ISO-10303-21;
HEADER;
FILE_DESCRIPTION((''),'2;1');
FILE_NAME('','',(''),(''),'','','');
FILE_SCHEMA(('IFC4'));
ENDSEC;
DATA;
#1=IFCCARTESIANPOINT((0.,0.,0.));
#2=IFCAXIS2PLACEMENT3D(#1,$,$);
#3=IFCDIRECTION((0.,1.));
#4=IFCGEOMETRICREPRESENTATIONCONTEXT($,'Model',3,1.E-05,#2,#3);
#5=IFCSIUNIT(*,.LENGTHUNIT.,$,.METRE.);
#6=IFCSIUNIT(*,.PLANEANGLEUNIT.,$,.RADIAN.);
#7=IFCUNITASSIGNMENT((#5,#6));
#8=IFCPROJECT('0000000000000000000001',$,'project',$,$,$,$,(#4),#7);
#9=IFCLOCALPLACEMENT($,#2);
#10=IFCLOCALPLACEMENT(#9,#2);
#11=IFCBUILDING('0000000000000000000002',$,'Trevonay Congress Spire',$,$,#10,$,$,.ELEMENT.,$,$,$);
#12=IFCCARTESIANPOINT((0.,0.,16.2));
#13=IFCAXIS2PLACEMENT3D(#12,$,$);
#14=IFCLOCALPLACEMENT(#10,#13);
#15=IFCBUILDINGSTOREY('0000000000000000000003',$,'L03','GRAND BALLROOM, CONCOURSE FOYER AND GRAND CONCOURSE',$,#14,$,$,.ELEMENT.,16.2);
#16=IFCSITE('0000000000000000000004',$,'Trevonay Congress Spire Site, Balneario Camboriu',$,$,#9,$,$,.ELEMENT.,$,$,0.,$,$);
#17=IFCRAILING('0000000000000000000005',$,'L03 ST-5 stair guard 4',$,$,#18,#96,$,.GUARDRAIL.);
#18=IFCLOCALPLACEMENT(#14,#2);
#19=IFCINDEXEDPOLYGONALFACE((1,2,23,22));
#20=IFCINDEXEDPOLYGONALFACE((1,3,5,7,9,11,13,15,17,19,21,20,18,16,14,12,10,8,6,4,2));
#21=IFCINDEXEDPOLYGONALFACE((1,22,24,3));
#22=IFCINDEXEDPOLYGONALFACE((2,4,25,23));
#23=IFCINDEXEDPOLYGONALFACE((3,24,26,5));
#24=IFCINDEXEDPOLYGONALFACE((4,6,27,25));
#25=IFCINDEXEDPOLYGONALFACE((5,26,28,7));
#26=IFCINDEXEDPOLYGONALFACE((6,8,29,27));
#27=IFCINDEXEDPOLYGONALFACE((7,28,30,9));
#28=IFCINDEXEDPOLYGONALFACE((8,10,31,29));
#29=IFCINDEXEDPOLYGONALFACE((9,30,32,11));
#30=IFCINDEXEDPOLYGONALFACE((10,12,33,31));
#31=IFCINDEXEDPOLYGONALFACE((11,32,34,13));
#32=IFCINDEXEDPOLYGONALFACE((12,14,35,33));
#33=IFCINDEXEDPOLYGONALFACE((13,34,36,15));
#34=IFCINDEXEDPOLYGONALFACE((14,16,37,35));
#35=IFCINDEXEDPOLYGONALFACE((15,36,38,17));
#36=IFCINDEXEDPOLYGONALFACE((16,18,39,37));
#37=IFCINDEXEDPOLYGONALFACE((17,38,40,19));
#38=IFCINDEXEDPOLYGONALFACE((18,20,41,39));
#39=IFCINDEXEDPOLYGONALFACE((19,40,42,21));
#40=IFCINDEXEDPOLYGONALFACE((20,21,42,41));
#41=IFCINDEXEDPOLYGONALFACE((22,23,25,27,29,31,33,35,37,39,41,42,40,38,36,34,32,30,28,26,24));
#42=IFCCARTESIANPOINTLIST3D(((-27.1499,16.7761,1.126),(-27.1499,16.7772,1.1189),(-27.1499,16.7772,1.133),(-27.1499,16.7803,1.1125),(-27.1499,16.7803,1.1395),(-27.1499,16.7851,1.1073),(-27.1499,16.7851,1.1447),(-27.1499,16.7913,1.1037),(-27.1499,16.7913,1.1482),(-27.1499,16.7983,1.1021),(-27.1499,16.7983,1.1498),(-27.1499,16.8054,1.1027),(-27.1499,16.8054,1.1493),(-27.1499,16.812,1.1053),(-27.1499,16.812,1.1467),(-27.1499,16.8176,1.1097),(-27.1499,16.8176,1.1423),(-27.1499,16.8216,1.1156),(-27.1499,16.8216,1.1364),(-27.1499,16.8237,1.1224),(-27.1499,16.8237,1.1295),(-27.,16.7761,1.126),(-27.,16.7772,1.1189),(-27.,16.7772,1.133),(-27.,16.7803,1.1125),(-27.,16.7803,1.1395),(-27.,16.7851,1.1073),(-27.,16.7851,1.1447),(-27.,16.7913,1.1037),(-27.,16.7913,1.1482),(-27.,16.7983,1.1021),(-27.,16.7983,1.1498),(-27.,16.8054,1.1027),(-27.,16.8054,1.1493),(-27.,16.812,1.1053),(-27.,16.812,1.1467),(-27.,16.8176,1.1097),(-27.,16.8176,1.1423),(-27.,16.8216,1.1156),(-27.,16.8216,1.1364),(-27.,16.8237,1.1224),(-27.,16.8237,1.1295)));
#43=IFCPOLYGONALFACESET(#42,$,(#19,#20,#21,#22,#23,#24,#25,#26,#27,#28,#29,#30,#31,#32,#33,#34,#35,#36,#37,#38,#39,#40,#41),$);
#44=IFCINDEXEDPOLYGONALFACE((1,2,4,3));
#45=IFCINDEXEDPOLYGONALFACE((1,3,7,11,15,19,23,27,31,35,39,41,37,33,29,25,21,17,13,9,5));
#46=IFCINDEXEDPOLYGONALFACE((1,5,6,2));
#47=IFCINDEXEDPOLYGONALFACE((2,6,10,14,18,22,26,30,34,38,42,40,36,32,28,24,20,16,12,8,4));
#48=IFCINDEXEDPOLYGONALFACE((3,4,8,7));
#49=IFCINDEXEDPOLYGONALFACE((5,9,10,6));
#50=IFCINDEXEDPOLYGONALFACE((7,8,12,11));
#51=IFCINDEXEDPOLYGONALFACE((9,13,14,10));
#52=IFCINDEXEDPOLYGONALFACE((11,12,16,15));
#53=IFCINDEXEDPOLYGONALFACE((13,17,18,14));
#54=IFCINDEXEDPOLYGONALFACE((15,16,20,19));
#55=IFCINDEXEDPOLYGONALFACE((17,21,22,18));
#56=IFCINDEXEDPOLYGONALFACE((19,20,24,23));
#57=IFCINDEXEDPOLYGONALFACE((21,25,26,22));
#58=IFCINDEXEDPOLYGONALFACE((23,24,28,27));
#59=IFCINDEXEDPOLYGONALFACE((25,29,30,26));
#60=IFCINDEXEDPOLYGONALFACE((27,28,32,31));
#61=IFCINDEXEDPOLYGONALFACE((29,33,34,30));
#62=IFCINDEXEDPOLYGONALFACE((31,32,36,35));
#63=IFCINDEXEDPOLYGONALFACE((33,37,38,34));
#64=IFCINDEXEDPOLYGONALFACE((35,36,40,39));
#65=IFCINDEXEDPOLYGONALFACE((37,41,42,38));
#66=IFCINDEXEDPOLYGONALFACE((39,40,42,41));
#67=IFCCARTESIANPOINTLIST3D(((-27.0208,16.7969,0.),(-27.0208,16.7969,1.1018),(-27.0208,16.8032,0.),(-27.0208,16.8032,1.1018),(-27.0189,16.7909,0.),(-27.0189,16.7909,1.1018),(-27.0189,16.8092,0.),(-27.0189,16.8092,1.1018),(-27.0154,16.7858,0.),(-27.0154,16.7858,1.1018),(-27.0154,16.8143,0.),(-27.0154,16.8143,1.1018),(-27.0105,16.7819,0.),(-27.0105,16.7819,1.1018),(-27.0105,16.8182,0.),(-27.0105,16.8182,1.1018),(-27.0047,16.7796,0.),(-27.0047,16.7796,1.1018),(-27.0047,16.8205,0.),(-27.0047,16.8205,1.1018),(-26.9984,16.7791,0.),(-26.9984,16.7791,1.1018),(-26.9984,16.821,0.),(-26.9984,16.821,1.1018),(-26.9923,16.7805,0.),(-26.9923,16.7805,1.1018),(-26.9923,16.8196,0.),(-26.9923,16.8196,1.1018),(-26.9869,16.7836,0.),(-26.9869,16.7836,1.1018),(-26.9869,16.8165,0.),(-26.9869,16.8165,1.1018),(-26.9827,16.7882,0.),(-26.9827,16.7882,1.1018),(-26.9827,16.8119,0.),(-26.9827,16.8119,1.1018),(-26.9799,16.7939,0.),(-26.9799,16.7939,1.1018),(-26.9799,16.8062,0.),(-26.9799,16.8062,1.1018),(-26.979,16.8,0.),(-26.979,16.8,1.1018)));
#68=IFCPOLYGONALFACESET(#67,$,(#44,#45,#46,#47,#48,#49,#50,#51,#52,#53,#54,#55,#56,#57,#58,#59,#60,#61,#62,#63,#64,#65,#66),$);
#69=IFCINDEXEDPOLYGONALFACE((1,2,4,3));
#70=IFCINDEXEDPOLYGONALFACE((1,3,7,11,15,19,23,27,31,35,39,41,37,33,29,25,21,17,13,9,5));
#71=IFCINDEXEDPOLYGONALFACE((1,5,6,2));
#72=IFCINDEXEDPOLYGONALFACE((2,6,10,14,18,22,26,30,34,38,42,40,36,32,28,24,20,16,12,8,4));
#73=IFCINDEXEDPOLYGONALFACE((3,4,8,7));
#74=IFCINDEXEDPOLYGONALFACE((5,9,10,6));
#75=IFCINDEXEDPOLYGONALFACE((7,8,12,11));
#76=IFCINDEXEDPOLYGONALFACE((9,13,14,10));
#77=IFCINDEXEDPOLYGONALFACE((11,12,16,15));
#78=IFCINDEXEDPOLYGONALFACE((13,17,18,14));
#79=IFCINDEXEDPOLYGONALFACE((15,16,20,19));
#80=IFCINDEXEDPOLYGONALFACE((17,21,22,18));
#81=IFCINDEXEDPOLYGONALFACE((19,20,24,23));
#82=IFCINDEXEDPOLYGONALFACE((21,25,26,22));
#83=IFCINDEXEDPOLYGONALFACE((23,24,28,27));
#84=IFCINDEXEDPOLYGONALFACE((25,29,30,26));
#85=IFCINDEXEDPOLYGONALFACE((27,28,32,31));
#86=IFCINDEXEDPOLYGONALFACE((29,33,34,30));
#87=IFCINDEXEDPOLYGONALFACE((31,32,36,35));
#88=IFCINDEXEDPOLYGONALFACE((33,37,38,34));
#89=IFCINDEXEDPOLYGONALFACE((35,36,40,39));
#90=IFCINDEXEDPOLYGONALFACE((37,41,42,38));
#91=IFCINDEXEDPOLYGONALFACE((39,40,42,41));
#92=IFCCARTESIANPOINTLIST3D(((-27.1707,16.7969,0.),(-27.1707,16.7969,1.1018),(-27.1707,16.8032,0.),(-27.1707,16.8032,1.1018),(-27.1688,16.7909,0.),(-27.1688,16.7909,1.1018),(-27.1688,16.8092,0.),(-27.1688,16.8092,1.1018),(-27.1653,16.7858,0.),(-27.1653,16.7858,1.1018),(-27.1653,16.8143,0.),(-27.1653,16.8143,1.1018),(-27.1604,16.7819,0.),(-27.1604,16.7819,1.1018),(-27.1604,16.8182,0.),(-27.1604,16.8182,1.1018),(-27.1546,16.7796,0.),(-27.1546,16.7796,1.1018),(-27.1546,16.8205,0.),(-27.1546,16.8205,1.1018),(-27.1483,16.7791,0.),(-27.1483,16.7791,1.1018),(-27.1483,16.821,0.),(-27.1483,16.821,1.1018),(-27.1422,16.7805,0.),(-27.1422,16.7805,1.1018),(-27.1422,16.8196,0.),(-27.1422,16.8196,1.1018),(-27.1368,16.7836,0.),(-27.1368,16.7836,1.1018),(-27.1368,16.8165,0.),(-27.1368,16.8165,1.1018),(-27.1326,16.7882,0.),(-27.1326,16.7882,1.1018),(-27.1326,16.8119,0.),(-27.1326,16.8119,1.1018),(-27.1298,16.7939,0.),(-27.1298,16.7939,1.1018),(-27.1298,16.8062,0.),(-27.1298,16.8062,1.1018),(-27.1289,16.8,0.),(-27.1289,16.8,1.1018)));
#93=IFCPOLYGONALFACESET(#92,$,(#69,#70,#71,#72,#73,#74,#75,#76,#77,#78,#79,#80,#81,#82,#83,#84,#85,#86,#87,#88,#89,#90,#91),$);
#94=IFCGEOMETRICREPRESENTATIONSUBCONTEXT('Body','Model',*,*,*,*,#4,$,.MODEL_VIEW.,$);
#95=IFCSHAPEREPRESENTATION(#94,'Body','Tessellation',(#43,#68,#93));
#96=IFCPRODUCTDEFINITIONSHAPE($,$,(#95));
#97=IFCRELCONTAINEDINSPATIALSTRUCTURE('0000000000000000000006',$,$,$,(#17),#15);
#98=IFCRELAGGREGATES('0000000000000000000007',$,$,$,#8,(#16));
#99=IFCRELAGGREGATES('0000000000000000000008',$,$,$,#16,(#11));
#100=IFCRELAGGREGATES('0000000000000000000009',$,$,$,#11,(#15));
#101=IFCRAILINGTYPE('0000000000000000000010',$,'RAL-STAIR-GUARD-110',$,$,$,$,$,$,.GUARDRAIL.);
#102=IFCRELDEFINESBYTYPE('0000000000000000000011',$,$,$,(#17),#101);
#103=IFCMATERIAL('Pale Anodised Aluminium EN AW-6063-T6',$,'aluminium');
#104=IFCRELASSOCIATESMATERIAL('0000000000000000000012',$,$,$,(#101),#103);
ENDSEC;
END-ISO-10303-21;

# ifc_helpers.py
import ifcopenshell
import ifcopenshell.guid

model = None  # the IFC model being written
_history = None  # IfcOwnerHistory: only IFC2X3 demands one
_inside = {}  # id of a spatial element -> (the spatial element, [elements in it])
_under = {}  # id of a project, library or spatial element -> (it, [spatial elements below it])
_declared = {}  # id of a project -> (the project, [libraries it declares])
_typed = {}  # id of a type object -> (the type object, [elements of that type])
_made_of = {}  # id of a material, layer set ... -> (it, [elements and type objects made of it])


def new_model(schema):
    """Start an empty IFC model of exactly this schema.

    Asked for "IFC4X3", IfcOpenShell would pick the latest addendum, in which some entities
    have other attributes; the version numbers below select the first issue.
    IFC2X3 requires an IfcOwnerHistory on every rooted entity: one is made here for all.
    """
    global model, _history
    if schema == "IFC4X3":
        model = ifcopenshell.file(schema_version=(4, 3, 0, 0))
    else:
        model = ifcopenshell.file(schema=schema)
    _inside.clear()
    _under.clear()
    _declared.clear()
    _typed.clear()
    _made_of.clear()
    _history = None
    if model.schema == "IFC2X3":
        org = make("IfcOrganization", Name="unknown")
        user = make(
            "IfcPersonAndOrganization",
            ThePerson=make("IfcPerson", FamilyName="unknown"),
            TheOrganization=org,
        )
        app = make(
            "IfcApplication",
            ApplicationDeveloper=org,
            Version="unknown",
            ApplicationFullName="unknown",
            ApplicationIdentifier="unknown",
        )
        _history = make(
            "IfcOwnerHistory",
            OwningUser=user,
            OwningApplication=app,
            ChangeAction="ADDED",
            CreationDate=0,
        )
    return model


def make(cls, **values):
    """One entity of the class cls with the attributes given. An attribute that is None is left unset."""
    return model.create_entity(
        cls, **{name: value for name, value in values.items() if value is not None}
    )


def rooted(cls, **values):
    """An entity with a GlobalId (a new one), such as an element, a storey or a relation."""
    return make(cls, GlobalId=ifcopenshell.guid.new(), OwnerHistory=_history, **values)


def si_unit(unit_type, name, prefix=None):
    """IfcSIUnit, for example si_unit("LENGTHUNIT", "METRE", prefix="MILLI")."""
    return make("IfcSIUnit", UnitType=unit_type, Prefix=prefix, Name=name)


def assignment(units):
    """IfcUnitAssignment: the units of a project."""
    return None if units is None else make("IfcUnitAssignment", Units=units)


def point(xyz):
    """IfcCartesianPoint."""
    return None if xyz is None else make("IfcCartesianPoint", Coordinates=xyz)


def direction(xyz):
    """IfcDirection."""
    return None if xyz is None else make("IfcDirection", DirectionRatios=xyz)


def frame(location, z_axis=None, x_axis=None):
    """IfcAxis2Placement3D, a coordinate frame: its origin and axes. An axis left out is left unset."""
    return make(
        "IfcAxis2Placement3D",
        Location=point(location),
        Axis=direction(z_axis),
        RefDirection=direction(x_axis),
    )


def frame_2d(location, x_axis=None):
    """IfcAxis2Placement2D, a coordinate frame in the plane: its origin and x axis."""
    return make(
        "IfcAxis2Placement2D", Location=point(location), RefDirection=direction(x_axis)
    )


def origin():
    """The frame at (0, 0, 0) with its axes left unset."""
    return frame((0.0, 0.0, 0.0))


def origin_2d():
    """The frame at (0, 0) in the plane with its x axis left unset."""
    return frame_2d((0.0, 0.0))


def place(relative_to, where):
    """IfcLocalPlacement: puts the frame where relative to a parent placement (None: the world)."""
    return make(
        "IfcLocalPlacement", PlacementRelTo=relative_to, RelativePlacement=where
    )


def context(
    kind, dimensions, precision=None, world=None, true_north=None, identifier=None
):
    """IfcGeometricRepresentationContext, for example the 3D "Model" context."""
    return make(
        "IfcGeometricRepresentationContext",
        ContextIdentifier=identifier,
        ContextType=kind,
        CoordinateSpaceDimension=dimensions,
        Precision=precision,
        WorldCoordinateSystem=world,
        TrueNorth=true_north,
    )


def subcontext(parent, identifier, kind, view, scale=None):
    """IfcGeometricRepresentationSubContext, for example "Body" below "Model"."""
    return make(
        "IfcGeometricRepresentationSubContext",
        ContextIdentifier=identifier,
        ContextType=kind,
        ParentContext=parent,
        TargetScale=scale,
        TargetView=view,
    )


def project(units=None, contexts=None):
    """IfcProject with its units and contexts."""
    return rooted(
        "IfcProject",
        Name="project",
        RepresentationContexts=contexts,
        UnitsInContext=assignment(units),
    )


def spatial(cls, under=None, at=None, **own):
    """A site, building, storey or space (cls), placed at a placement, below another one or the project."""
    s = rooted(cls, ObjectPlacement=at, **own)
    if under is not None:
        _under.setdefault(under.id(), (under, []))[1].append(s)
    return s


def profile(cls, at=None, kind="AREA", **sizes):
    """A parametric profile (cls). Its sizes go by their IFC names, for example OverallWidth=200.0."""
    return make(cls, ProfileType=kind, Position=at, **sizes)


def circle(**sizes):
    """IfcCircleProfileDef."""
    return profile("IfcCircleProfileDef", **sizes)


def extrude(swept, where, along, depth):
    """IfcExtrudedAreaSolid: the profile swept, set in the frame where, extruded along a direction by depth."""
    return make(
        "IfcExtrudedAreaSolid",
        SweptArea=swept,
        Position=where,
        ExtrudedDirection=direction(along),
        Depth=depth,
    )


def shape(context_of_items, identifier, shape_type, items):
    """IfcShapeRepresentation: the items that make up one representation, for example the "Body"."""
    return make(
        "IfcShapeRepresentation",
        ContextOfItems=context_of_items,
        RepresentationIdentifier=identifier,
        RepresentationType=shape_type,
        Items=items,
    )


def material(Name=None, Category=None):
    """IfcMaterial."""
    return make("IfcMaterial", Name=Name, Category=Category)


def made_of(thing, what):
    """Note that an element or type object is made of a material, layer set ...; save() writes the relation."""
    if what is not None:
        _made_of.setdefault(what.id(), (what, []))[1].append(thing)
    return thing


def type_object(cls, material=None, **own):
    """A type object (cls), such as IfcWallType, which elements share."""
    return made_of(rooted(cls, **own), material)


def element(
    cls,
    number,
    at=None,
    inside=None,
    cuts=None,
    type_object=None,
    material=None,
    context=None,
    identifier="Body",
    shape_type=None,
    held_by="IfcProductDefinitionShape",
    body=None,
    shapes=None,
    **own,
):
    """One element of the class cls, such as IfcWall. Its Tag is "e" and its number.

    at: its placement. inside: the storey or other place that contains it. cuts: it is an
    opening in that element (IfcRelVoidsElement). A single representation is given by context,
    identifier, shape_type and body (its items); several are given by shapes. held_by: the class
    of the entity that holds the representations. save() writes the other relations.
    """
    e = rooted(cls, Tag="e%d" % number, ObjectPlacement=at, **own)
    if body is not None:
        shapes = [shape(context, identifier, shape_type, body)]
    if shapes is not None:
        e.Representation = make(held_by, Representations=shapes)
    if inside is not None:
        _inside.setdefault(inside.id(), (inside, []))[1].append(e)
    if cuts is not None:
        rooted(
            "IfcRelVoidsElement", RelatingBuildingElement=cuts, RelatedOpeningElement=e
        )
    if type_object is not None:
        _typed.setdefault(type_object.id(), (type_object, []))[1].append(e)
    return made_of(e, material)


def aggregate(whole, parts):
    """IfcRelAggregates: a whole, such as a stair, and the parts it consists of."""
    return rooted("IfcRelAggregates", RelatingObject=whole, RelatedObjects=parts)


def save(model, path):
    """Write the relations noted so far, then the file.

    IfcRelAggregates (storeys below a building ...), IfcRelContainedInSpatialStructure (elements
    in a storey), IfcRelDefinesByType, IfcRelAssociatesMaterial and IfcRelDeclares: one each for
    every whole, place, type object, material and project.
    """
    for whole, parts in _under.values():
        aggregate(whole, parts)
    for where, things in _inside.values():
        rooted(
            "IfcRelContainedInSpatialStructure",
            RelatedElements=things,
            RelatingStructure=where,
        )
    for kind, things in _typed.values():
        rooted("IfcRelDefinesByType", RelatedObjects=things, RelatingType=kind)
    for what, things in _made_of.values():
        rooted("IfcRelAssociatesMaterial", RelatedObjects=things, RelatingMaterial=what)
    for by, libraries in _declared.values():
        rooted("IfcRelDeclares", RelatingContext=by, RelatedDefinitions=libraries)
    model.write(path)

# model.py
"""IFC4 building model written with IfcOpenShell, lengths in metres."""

from ifc_helpers import new_model, si_unit, direction, frame, origin, origin_2d, place, context, subcontext, project, spatial, circle, extrude, material, type_object, element, save


model = new_model("IFC4")

# Units and contexts
model_context = context("Model", 3, precision=1e-05, world=origin(), true_north=direction((0.0, 1.0)))
body_context = subcontext(model_context, "Body", "Model", "MODEL_VIEW")
ifc_project = project(units=[si_unit("LENGTHUNIT", "METRE"), si_unit("PLANEANGLEUNIT", "RADIAN")], contexts=[model_context])

# Site, building, storey
site_placement = place(None, origin())
site = spatial("IfcSite", under=ifc_project, at=site_placement, Name="Trevonay Congress Spire Site, Balneario Camboriu", CompositionType="ELEMENT", RefElevation=0.0)
building_placement = place(site_placement, origin())
building = spatial("IfcBuilding", under=site, at=building_placement, Name="Trevonay Congress Spire", CompositionType="ELEMENT")
storey_placement = place(building_placement, frame((0.0, 0.0, 16.2)))
storey = spatial("IfcBuildingStorey", under=building, at=storey_placement, Name="L03", Description="GRAND BALLROOM, CONCOURSE FOYER AND GRAND CONCOURSE", CompositionType="ELEMENT", Elevation=16.2)

# Shared definitions
ifc_material_1 = material(Name="Pale Anodised Aluminium EN AW-6063-T6", Category="aluminium")

# Railing
railing_type_1 = type_object("IfcRailingType", Name="RAL-STAIR-GUARD-110", PredefinedType="GUARDRAIL", material=ifc_material_1)
railing_1_placement = place(storey_placement, frame((-27.0, 16.8, 0.0)))
element("IfcRailing", 1, at=railing_1_placement, inside=storey, type_object=railing_type_1, Name="L03 ST-5 stair guard 4", PredefinedType="GUARDRAIL", context=body_context, shape_type="SweptSolid", body=[
    extrude(circle(Radius=0.0239, at=origin_2d()), frame((0.0, 0.0, 1.126), z_axis=(-1.0, 0.0, 0.0), x_axis=(0.0, -1.0, 0.0)), (0.0, 0.0, 1.0), 0.1499),
    extrude(circle(Radius=0.021, at=origin_2d()), origin(), (0.0, 0.0, 1.0), 1.1018),
    extrude(circle(Radius=0.021, at=origin_2d()), frame((-0.1499, 0.0, 0.0)), (0.0, 0.0, 1.0), 1.1018),
])

save(model, "model.ifc")
